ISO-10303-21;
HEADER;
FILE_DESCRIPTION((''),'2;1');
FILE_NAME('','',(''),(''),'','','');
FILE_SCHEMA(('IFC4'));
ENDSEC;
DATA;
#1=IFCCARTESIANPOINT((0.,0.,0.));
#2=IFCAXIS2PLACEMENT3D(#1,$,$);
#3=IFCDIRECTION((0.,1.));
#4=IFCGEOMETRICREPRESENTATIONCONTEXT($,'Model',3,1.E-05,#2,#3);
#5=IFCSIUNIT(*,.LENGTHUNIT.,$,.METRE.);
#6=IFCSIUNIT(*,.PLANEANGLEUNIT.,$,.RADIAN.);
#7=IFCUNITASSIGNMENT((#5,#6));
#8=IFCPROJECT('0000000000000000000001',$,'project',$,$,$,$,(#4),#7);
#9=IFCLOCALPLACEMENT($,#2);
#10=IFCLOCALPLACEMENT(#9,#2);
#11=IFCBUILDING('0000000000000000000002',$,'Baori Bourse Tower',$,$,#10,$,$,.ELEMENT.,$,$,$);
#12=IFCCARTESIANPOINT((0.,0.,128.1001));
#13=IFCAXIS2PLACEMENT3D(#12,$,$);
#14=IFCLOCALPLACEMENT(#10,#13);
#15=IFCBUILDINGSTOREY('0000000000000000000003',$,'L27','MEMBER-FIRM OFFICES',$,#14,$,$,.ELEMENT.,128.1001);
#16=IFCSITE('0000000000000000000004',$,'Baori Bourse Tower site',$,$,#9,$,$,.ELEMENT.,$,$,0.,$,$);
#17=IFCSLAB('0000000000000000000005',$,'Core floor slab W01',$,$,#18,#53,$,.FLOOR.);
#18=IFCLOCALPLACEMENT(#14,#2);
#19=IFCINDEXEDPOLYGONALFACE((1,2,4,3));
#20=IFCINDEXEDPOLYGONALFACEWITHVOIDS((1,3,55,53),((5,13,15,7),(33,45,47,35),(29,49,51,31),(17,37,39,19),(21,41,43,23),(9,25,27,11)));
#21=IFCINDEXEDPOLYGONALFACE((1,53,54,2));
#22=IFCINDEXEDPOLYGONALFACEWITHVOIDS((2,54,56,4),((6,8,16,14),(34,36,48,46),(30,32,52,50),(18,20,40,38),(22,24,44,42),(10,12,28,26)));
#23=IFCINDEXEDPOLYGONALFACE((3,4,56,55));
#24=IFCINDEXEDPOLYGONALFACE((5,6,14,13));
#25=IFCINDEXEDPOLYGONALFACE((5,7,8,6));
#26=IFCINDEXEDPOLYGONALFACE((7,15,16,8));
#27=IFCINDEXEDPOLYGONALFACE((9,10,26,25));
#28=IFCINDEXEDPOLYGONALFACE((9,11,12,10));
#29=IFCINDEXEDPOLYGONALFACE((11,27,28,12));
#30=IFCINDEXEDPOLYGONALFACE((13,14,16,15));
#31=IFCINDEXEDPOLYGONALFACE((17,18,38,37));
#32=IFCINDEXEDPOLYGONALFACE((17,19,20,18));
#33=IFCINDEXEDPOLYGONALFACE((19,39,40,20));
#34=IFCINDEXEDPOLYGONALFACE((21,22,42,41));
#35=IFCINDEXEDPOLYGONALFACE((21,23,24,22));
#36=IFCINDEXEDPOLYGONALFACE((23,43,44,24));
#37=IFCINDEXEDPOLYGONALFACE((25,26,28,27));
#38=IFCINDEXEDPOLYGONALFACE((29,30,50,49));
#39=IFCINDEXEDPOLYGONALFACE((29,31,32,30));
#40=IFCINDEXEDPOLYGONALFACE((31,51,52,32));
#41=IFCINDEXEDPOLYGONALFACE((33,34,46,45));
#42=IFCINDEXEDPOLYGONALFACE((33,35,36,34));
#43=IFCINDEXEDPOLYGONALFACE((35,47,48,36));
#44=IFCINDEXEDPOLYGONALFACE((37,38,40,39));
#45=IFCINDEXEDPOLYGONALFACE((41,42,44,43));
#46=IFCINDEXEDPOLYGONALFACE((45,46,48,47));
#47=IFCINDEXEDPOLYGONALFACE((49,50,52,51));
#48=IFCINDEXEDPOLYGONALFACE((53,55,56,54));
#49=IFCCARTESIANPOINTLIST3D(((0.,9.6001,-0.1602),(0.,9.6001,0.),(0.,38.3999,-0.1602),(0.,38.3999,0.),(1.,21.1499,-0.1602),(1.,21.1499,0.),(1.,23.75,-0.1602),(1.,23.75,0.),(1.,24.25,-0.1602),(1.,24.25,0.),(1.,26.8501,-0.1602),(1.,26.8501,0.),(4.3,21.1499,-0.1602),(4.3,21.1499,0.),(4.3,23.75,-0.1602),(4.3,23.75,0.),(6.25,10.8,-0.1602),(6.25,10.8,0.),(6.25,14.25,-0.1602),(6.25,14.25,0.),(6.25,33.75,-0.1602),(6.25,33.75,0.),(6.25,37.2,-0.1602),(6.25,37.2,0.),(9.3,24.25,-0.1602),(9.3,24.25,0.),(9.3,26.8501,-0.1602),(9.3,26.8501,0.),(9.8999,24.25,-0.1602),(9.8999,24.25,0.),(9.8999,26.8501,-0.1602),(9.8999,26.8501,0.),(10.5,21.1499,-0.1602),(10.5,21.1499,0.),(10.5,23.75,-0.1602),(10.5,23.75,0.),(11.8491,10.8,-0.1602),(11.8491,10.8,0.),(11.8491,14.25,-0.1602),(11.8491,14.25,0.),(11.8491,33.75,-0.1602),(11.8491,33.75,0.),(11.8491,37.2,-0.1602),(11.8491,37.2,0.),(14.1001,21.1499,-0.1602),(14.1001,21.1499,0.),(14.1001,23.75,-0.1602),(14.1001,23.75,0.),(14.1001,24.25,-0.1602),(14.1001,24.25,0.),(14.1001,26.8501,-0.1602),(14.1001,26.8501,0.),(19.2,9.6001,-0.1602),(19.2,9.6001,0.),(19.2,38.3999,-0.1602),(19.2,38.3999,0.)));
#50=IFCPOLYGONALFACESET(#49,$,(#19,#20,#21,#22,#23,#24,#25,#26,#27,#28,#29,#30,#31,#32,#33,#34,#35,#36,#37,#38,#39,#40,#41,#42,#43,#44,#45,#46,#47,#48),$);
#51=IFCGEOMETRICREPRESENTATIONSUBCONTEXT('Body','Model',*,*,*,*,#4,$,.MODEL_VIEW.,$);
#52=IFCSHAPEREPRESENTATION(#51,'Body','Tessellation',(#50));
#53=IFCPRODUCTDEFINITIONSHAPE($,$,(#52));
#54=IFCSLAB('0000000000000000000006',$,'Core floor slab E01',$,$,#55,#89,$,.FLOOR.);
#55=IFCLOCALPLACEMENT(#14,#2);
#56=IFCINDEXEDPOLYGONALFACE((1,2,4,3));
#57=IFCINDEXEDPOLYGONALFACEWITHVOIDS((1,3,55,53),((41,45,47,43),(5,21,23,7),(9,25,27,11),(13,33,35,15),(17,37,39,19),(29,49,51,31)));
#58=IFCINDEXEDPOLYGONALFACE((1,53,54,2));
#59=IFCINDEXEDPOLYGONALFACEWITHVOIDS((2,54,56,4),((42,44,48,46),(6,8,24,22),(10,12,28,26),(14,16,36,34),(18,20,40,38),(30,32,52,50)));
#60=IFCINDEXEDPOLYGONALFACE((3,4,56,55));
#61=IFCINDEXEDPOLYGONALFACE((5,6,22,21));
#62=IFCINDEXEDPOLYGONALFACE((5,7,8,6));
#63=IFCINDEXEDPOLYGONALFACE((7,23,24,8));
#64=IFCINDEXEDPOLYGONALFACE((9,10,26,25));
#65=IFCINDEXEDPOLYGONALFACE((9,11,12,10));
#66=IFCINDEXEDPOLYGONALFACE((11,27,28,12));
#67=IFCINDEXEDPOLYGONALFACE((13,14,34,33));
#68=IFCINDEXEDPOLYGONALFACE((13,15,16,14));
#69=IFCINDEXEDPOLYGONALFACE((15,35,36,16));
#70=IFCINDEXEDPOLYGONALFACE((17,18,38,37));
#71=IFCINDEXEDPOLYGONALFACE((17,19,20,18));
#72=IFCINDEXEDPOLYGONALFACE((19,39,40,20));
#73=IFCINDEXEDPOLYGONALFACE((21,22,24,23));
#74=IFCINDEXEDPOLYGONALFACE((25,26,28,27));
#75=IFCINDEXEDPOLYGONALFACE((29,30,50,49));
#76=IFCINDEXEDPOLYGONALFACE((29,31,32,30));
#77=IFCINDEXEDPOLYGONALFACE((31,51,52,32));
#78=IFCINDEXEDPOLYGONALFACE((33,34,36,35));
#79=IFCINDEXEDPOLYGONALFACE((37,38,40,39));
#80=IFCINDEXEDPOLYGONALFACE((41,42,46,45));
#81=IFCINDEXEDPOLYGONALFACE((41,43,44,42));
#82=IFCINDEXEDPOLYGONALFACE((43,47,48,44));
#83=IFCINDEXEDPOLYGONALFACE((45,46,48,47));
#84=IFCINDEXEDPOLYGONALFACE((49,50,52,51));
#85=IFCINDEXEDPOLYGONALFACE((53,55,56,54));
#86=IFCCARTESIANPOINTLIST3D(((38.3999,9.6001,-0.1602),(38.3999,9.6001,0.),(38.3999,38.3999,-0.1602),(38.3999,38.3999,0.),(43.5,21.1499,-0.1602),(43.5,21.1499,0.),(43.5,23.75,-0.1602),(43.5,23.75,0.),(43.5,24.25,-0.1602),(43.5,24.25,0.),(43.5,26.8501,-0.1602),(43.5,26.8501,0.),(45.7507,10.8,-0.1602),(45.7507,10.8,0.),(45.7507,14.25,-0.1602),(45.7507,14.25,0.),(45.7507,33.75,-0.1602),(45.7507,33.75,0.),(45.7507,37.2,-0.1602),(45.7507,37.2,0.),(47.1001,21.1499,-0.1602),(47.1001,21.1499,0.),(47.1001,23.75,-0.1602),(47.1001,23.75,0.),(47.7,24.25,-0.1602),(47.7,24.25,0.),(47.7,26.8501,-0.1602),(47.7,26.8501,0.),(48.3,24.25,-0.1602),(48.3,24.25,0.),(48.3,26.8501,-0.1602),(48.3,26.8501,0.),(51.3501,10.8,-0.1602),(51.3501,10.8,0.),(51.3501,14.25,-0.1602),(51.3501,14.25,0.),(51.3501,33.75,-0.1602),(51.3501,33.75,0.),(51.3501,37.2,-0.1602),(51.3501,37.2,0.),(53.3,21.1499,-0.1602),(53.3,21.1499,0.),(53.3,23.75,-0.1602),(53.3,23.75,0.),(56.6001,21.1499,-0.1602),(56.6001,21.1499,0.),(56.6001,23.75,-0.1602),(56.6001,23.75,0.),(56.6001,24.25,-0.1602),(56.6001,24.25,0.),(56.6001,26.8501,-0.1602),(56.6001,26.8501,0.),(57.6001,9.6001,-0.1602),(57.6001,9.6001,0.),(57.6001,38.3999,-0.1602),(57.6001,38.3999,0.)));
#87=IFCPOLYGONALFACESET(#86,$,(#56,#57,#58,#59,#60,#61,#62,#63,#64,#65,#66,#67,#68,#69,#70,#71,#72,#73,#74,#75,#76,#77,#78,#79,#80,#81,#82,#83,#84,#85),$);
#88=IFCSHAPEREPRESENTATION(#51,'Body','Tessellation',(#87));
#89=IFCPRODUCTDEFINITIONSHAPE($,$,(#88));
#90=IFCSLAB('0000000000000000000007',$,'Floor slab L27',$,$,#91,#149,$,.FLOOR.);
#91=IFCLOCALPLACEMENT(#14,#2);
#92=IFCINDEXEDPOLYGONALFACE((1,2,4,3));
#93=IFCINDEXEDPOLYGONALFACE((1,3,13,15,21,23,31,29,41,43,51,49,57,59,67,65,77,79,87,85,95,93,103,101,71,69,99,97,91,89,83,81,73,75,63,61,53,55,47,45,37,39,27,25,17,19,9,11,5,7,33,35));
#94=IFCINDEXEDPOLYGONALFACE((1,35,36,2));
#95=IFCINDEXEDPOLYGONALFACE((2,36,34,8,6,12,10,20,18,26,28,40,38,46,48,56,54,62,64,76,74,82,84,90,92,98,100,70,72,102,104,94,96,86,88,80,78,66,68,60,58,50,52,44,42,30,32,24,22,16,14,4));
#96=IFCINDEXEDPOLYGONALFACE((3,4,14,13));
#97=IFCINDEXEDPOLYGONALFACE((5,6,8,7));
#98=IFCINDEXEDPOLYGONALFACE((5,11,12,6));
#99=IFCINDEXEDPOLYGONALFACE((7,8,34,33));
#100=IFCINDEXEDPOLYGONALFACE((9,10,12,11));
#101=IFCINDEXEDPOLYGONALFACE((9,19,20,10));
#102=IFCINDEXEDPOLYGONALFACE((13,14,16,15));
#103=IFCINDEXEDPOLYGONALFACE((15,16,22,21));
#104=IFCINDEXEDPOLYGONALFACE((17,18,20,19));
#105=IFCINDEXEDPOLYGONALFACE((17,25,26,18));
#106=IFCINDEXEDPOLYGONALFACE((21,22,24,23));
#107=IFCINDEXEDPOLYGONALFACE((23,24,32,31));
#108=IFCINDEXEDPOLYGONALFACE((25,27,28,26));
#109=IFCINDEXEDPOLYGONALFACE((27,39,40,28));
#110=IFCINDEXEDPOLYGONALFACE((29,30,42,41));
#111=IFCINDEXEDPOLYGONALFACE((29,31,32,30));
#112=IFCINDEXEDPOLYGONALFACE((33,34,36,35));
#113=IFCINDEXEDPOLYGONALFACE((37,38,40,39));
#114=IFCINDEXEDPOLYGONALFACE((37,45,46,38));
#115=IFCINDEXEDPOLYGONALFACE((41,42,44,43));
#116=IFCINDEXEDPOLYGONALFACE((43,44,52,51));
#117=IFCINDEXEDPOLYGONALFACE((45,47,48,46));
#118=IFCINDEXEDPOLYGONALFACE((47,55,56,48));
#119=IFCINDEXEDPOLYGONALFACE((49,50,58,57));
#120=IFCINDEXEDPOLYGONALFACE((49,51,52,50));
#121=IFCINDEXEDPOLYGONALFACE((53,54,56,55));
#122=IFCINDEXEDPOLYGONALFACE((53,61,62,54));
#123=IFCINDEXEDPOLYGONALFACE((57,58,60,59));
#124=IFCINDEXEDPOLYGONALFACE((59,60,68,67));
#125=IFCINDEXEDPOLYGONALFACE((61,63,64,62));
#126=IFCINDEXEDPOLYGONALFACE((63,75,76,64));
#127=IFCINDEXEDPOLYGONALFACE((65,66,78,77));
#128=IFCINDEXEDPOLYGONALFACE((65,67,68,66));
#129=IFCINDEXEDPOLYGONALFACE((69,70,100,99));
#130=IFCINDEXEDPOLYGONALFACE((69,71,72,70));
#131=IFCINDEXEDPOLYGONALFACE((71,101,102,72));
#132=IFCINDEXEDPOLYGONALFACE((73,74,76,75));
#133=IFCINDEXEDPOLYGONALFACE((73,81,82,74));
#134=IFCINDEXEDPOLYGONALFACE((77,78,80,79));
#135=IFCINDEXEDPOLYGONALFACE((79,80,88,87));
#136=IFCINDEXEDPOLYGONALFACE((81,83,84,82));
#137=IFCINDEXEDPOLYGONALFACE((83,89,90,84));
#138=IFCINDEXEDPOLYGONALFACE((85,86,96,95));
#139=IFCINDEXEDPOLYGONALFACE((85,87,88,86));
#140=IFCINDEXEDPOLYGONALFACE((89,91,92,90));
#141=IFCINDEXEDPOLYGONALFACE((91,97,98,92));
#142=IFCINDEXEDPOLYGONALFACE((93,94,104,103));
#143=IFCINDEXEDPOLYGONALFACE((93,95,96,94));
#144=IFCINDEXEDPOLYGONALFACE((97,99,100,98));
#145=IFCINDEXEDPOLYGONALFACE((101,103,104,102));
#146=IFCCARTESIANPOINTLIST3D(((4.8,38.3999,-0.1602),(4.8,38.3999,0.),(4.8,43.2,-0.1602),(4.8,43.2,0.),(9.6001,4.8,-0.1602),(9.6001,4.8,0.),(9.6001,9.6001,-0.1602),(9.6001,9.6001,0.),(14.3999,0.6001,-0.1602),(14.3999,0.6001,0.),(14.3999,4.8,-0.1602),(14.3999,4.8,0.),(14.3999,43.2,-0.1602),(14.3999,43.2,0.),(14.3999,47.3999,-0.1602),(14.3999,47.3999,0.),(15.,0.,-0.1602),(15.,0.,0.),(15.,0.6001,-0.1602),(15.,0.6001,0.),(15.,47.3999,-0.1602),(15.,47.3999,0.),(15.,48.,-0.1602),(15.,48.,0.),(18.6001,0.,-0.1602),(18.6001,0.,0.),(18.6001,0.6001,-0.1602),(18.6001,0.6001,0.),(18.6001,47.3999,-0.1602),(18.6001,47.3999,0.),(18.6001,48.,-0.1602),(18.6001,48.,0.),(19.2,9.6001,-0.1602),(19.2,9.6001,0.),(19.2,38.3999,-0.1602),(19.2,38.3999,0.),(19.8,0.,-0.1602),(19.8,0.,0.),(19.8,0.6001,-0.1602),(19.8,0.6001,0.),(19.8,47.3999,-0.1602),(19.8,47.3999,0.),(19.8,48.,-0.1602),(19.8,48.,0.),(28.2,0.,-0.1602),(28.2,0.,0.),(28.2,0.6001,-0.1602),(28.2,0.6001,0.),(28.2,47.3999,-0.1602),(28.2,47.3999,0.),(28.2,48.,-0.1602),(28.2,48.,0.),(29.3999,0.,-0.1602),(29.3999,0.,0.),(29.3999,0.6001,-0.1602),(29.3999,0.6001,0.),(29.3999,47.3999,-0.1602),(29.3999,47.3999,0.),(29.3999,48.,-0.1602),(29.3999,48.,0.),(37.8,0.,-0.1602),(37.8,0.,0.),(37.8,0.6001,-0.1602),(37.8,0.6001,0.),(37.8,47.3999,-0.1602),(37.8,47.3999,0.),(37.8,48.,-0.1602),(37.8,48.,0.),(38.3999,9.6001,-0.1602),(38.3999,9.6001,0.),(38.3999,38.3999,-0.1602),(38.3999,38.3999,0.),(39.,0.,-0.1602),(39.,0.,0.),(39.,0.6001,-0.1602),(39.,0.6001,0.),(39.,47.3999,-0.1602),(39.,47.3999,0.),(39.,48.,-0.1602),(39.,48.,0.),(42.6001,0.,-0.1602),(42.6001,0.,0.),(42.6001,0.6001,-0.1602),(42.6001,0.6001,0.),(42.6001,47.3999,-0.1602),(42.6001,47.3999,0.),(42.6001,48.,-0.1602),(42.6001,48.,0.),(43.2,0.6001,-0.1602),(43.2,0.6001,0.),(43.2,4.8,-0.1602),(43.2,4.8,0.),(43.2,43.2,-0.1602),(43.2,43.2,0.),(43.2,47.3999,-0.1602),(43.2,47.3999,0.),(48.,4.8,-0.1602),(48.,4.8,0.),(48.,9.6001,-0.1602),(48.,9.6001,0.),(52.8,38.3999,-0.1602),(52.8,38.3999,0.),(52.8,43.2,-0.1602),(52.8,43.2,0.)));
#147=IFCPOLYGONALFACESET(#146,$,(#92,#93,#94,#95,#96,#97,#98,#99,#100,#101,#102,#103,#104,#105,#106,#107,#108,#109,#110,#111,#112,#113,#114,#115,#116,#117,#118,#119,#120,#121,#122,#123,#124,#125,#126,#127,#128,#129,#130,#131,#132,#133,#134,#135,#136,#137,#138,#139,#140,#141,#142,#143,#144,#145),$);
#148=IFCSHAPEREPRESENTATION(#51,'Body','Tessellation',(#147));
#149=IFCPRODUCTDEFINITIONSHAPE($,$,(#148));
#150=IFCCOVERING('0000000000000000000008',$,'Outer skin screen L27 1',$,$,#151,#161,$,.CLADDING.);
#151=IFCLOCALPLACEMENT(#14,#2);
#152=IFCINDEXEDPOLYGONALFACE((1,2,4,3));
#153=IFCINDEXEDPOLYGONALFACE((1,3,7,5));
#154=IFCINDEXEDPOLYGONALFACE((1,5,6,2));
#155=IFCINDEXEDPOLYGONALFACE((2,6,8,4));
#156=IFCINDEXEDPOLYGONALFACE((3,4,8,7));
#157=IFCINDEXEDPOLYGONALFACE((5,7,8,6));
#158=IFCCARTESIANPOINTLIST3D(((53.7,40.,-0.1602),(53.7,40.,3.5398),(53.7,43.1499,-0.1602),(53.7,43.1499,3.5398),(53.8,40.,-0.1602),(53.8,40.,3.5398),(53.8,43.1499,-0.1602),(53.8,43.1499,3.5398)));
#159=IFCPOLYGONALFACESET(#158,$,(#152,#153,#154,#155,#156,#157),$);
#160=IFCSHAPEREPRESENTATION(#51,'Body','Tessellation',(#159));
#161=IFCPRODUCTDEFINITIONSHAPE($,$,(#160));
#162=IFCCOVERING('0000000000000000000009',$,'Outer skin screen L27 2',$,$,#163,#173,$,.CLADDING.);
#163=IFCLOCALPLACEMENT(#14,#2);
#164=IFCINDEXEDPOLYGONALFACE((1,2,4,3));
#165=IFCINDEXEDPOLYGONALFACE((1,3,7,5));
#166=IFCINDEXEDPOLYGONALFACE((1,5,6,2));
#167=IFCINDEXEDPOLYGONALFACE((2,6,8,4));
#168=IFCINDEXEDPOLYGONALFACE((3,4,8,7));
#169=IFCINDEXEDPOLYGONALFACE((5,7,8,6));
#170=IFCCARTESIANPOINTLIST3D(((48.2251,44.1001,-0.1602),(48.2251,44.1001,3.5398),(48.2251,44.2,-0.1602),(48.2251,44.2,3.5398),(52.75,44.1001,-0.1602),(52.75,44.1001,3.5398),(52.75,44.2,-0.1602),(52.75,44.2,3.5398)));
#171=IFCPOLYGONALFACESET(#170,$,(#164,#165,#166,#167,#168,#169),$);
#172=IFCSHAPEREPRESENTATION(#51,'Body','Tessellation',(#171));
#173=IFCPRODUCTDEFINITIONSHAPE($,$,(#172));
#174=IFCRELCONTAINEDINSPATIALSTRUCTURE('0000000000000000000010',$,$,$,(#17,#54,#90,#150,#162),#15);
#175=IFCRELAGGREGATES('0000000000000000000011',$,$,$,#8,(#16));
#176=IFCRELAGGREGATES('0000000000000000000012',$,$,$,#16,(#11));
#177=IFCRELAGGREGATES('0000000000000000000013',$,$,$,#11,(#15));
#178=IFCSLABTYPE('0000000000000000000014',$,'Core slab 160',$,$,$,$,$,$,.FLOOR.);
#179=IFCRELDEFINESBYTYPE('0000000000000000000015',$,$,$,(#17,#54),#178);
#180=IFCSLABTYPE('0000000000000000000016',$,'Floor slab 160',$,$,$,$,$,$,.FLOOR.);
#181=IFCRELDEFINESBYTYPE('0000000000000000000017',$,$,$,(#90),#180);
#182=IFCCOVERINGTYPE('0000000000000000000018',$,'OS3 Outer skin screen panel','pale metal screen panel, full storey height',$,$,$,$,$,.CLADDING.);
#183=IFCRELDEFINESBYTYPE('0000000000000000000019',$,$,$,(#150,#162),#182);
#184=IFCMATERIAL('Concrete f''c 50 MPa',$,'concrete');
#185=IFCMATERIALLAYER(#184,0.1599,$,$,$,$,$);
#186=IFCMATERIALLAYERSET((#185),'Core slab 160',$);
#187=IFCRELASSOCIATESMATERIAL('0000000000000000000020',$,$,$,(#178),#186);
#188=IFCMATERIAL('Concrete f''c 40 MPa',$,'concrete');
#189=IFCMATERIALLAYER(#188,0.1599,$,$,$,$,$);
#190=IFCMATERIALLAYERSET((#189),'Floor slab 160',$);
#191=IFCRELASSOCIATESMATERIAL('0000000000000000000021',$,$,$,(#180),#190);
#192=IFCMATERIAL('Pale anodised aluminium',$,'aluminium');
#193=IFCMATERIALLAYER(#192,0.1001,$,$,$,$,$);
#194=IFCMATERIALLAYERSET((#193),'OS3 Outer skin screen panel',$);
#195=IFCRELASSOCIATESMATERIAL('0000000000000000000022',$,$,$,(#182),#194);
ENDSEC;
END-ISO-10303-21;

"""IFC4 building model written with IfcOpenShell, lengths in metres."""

from ifc_helpers import new_model, si_unit, direction, frame, origin, place, context, subcontext, project, spatial, polyline, outline, extrude, material, layer, layer_set, type_object, element, save


model = new_model("IFC4")

# Units and contexts
model_context = context("Model", 3, precision=1e-05, world=origin(), true_north=direction((0.0, 1.0)))
body_context = subcontext(model_context, "Body", "Model", "MODEL_VIEW")
ifc_project = project(units=[si_unit("LENGTHUNIT", "METRE"), si_unit("PLANEANGLEUNIT", "RADIAN")], contexts=[model_context])

# Site, building, storey
site_placement = place(None, origin())
site = spatial("IfcSite", under=ifc_project, at=site_placement, Name="Baori Bourse Tower site", CompositionType="ELEMENT", RefElevation=0.0)
building_placement = place(site_placement, origin())
building = spatial("IfcBuilding", under=site, at=building_placement, Name="Baori Bourse Tower", CompositionType="ELEMENT")
storey_placement = place(building_placement, frame((0.0, 0.0, 128.1001)))
storey = spatial("IfcBuildingStorey", under=building, at=storey_placement, Name="L27", Description="MEMBER-FIRM OFFICES", CompositionType="ELEMENT", Elevation=128.1001)

# Slabs
ifc_material_1 = material(Name="Concrete f'c 50 MPa", Category="concrete")
ifc_layer_1 = layer(ifc_material_1, 0.1599)
ifc_layer_set_1 = layer_set([ifc_layer_1], Name="Core slab 160")
slab_type_1 = type_object("IfcSlabType", Name="Core slab 160", PredefinedType="FLOOR", material=ifc_layer_set_1)
slab_1_placement = place(storey_placement, frame((0.0, 0.0, -0.1602)))
element("IfcSlab", 1, at=slab_1_placement, inside=storey, type_object=slab_type_1, Name="Core floor slab W01", PredefinedType="FLOOR", context=body_context, shape_type="SweptSolid", body=[
    extrude(outline(polyline([(0.0, 38.3999), (0.0, 9.6001), (19.2, 9.6001), (19.2, 38.3999), (0.0, 38.3999)]), holes=[polyline([(10.5, 21.1499), (10.5, 23.75), (14.1001, 23.75), (14.1001, 21.1499), (10.5, 21.1499)]), polyline([(14.1001, 24.25), (9.8999, 24.25), (9.8999, 26.8501), (14.1001, 26.8501), (14.1001, 24.25)]), polyline([(6.25, 14.25), (11.8491, 14.25), (11.8491, 10.8), (6.25, 10.8), (6.25, 14.25)]), polyline([(11.8491, 37.2), (11.8491, 33.75), (6.25, 33.75), (6.25, 37.2), (11.8491, 37.2)]), polyline([(1.0, 26.8501), (9.3, 26.8501), (9.3, 24.25), (1.0, 24.25), (1.0, 26.8501)]), polyline([(4.3, 23.75), (4.3, 21.1499), (1.0, 21.1499), (1.0, 23.75), (4.3, 23.75)])]), origin(), (0.0, 0.0, 1.0), 0.1602),
])
slab_2_placement = place(storey_placement, frame((0.0, 0.0, -0.1602)))
element("IfcSlab", 2, at=slab_2_placement, inside=storey, type_object=slab_type_1, Name="Core floor slab E01", PredefinedType="FLOOR", context=body_context, shape_type="SweptSolid", body=[
    extrude(outline(polyline([(57.6001, 38.3999), (38.3999, 38.3999), (38.3999, 9.6001), (57.6001, 9.6001), (57.6001, 38.3999)]), holes=[polyline([(56.6001, 21.1499), (53.3, 21.1499), (53.3, 23.75), (56.6001, 23.75), (56.6001, 21.1499)]), polyline([(56.6001, 26.8501), (56.6001, 24.25), (48.3, 24.25), (48.3, 26.8501), (56.6001, 26.8501)]), polyline([(45.7507, 14.25), (51.3501, 14.25), (51.3501, 10.8), (45.7507, 10.8), (45.7507, 14.25)]), polyline([(51.3501, 37.2), (51.3501, 33.75), (45.7507, 33.75), (45.7507, 37.2), (51.3501, 37.2)]), polyline([(43.5, 24.25), (43.5, 26.8501), (47.7, 26.8501), (47.7, 24.25), (43.5, 24.25)]), polyline([(43.5, 23.75), (47.1001, 23.75), (47.1001, 21.1499), (43.5, 21.1499), (43.5, 23.75)])]), origin(), (0.0, 0.0, 1.0), 0.1602),
])
ifc_material_2 = material(Name="Concrete f'c 40 MPa", Category="concrete")
ifc_layer_2 = layer(ifc_material_2, 0.1599)
ifc_layer_set_2 = layer_set([ifc_layer_2], Name="Floor slab 160")
slab_type_2 = type_object("IfcSlabType", Name="Floor slab 160", PredefinedType="FLOOR", material=ifc_layer_set_2)
slab_3_placement = place(storey_placement, frame((0.0, 0.0, -0.1602)))
element("IfcSlab", 3, at=slab_3_placement, inside=storey, type_object=slab_type_2, Name="Floor slab L27", PredefinedType="FLOOR", context=body_context, shape_type="SweptSolid", body=[
    extrude(outline(polyline([(14.3999, 4.8), (9.6001, 4.8), (9.6001, 9.6001), (19.2, 9.6001), (19.2, 38.3999), (4.8, 38.3999), (4.8, 43.2), (14.3999, 43.2), (14.3999, 47.3999), (15.0, 47.3999), (15.0, 48.0), (18.6001, 48.0), (18.6001, 47.3999), (19.8, 47.3999), (19.8, 48.0), (28.2, 48.0), (28.2, 47.3999), (29.3999, 47.3999), (29.3999, 48.0), (37.8, 48.0), (37.8, 47.3999), (39.0, 47.3999), (39.0, 48.0), (42.6001, 48.0), (42.6001, 47.3999), (43.2, 47.3999), (43.2, 43.2), (52.8, 43.2), (52.8, 38.3999), (38.3999, 38.3999), (38.3999, 9.6001), (48.0, 9.6001), (48.0, 4.8), (43.2, 4.8), (43.2, 0.6001), (42.6001, 0.6001), (42.6001, 0.0), (39.0, 0.0), (39.0, 0.6001), (37.8, 0.6001), (37.8, 0.0), (29.3999, 0.0), (29.3999, 0.6001), (28.2, 0.6001), (28.2, 0.0), (19.8, 0.0), (19.8, 0.6001), (18.6001, 0.6001), (18.6001, 0.0), (15.0, 0.0), (15.0, 0.6001), (14.3999, 0.6001), (14.3999, 4.8)])), origin(), (0.0, 0.0, 1.0), 0.1602),
])

# Coverings
ifc_material_3 = material(Name="Pale anodised aluminium", Category="aluminium")
ifc_layer_3 = layer(ifc_material_3, 0.1001)
ifc_layer_set_3 = layer_set([ifc_layer_3], Name="OS3 Outer skin screen panel")
covering_type = type_object("IfcCoveringType", Name="OS3 Outer skin screen panel", Description="pale metal screen panel, full storey height", PredefinedType="CLADDING", material=ifc_layer_set_3)
covering_1_placement = place(storey_placement, frame((0.0, 0.0, -0.1602)))
element("IfcCovering", 4, at=covering_1_placement, inside=storey, type_object=covering_type, Name="Outer skin screen L27 1", PredefinedType="CLADDING", context=body_context, shape_type="SweptSolid", body=[
    extrude(outline(polyline([(53.7, 43.1499), (53.7, 40.0), (53.8, 40.0), (53.8, 43.1499), (53.7, 43.1499)])), origin(), (0.0, 0.0, 1.0), 3.7),
])
covering_2_placement = place(storey_placement, frame((0.0, 0.0, -0.1602)))
element("IfcCovering", 5, at=covering_2_placement, inside=storey, type_object=covering_type, Name="Outer skin screen L27 2", PredefinedType="CLADDING", context=body_context, shape_type="SweptSolid", body=[
    extrude(outline(polyline([(48.2251, 44.1001), (52.75, 44.1001), (52.75, 44.2), (48.2251, 44.2), (48.2251, 44.1001)])), origin(), (0.0, 0.0, 1.0), 3.7),
])

save(model, "model.ifc")
